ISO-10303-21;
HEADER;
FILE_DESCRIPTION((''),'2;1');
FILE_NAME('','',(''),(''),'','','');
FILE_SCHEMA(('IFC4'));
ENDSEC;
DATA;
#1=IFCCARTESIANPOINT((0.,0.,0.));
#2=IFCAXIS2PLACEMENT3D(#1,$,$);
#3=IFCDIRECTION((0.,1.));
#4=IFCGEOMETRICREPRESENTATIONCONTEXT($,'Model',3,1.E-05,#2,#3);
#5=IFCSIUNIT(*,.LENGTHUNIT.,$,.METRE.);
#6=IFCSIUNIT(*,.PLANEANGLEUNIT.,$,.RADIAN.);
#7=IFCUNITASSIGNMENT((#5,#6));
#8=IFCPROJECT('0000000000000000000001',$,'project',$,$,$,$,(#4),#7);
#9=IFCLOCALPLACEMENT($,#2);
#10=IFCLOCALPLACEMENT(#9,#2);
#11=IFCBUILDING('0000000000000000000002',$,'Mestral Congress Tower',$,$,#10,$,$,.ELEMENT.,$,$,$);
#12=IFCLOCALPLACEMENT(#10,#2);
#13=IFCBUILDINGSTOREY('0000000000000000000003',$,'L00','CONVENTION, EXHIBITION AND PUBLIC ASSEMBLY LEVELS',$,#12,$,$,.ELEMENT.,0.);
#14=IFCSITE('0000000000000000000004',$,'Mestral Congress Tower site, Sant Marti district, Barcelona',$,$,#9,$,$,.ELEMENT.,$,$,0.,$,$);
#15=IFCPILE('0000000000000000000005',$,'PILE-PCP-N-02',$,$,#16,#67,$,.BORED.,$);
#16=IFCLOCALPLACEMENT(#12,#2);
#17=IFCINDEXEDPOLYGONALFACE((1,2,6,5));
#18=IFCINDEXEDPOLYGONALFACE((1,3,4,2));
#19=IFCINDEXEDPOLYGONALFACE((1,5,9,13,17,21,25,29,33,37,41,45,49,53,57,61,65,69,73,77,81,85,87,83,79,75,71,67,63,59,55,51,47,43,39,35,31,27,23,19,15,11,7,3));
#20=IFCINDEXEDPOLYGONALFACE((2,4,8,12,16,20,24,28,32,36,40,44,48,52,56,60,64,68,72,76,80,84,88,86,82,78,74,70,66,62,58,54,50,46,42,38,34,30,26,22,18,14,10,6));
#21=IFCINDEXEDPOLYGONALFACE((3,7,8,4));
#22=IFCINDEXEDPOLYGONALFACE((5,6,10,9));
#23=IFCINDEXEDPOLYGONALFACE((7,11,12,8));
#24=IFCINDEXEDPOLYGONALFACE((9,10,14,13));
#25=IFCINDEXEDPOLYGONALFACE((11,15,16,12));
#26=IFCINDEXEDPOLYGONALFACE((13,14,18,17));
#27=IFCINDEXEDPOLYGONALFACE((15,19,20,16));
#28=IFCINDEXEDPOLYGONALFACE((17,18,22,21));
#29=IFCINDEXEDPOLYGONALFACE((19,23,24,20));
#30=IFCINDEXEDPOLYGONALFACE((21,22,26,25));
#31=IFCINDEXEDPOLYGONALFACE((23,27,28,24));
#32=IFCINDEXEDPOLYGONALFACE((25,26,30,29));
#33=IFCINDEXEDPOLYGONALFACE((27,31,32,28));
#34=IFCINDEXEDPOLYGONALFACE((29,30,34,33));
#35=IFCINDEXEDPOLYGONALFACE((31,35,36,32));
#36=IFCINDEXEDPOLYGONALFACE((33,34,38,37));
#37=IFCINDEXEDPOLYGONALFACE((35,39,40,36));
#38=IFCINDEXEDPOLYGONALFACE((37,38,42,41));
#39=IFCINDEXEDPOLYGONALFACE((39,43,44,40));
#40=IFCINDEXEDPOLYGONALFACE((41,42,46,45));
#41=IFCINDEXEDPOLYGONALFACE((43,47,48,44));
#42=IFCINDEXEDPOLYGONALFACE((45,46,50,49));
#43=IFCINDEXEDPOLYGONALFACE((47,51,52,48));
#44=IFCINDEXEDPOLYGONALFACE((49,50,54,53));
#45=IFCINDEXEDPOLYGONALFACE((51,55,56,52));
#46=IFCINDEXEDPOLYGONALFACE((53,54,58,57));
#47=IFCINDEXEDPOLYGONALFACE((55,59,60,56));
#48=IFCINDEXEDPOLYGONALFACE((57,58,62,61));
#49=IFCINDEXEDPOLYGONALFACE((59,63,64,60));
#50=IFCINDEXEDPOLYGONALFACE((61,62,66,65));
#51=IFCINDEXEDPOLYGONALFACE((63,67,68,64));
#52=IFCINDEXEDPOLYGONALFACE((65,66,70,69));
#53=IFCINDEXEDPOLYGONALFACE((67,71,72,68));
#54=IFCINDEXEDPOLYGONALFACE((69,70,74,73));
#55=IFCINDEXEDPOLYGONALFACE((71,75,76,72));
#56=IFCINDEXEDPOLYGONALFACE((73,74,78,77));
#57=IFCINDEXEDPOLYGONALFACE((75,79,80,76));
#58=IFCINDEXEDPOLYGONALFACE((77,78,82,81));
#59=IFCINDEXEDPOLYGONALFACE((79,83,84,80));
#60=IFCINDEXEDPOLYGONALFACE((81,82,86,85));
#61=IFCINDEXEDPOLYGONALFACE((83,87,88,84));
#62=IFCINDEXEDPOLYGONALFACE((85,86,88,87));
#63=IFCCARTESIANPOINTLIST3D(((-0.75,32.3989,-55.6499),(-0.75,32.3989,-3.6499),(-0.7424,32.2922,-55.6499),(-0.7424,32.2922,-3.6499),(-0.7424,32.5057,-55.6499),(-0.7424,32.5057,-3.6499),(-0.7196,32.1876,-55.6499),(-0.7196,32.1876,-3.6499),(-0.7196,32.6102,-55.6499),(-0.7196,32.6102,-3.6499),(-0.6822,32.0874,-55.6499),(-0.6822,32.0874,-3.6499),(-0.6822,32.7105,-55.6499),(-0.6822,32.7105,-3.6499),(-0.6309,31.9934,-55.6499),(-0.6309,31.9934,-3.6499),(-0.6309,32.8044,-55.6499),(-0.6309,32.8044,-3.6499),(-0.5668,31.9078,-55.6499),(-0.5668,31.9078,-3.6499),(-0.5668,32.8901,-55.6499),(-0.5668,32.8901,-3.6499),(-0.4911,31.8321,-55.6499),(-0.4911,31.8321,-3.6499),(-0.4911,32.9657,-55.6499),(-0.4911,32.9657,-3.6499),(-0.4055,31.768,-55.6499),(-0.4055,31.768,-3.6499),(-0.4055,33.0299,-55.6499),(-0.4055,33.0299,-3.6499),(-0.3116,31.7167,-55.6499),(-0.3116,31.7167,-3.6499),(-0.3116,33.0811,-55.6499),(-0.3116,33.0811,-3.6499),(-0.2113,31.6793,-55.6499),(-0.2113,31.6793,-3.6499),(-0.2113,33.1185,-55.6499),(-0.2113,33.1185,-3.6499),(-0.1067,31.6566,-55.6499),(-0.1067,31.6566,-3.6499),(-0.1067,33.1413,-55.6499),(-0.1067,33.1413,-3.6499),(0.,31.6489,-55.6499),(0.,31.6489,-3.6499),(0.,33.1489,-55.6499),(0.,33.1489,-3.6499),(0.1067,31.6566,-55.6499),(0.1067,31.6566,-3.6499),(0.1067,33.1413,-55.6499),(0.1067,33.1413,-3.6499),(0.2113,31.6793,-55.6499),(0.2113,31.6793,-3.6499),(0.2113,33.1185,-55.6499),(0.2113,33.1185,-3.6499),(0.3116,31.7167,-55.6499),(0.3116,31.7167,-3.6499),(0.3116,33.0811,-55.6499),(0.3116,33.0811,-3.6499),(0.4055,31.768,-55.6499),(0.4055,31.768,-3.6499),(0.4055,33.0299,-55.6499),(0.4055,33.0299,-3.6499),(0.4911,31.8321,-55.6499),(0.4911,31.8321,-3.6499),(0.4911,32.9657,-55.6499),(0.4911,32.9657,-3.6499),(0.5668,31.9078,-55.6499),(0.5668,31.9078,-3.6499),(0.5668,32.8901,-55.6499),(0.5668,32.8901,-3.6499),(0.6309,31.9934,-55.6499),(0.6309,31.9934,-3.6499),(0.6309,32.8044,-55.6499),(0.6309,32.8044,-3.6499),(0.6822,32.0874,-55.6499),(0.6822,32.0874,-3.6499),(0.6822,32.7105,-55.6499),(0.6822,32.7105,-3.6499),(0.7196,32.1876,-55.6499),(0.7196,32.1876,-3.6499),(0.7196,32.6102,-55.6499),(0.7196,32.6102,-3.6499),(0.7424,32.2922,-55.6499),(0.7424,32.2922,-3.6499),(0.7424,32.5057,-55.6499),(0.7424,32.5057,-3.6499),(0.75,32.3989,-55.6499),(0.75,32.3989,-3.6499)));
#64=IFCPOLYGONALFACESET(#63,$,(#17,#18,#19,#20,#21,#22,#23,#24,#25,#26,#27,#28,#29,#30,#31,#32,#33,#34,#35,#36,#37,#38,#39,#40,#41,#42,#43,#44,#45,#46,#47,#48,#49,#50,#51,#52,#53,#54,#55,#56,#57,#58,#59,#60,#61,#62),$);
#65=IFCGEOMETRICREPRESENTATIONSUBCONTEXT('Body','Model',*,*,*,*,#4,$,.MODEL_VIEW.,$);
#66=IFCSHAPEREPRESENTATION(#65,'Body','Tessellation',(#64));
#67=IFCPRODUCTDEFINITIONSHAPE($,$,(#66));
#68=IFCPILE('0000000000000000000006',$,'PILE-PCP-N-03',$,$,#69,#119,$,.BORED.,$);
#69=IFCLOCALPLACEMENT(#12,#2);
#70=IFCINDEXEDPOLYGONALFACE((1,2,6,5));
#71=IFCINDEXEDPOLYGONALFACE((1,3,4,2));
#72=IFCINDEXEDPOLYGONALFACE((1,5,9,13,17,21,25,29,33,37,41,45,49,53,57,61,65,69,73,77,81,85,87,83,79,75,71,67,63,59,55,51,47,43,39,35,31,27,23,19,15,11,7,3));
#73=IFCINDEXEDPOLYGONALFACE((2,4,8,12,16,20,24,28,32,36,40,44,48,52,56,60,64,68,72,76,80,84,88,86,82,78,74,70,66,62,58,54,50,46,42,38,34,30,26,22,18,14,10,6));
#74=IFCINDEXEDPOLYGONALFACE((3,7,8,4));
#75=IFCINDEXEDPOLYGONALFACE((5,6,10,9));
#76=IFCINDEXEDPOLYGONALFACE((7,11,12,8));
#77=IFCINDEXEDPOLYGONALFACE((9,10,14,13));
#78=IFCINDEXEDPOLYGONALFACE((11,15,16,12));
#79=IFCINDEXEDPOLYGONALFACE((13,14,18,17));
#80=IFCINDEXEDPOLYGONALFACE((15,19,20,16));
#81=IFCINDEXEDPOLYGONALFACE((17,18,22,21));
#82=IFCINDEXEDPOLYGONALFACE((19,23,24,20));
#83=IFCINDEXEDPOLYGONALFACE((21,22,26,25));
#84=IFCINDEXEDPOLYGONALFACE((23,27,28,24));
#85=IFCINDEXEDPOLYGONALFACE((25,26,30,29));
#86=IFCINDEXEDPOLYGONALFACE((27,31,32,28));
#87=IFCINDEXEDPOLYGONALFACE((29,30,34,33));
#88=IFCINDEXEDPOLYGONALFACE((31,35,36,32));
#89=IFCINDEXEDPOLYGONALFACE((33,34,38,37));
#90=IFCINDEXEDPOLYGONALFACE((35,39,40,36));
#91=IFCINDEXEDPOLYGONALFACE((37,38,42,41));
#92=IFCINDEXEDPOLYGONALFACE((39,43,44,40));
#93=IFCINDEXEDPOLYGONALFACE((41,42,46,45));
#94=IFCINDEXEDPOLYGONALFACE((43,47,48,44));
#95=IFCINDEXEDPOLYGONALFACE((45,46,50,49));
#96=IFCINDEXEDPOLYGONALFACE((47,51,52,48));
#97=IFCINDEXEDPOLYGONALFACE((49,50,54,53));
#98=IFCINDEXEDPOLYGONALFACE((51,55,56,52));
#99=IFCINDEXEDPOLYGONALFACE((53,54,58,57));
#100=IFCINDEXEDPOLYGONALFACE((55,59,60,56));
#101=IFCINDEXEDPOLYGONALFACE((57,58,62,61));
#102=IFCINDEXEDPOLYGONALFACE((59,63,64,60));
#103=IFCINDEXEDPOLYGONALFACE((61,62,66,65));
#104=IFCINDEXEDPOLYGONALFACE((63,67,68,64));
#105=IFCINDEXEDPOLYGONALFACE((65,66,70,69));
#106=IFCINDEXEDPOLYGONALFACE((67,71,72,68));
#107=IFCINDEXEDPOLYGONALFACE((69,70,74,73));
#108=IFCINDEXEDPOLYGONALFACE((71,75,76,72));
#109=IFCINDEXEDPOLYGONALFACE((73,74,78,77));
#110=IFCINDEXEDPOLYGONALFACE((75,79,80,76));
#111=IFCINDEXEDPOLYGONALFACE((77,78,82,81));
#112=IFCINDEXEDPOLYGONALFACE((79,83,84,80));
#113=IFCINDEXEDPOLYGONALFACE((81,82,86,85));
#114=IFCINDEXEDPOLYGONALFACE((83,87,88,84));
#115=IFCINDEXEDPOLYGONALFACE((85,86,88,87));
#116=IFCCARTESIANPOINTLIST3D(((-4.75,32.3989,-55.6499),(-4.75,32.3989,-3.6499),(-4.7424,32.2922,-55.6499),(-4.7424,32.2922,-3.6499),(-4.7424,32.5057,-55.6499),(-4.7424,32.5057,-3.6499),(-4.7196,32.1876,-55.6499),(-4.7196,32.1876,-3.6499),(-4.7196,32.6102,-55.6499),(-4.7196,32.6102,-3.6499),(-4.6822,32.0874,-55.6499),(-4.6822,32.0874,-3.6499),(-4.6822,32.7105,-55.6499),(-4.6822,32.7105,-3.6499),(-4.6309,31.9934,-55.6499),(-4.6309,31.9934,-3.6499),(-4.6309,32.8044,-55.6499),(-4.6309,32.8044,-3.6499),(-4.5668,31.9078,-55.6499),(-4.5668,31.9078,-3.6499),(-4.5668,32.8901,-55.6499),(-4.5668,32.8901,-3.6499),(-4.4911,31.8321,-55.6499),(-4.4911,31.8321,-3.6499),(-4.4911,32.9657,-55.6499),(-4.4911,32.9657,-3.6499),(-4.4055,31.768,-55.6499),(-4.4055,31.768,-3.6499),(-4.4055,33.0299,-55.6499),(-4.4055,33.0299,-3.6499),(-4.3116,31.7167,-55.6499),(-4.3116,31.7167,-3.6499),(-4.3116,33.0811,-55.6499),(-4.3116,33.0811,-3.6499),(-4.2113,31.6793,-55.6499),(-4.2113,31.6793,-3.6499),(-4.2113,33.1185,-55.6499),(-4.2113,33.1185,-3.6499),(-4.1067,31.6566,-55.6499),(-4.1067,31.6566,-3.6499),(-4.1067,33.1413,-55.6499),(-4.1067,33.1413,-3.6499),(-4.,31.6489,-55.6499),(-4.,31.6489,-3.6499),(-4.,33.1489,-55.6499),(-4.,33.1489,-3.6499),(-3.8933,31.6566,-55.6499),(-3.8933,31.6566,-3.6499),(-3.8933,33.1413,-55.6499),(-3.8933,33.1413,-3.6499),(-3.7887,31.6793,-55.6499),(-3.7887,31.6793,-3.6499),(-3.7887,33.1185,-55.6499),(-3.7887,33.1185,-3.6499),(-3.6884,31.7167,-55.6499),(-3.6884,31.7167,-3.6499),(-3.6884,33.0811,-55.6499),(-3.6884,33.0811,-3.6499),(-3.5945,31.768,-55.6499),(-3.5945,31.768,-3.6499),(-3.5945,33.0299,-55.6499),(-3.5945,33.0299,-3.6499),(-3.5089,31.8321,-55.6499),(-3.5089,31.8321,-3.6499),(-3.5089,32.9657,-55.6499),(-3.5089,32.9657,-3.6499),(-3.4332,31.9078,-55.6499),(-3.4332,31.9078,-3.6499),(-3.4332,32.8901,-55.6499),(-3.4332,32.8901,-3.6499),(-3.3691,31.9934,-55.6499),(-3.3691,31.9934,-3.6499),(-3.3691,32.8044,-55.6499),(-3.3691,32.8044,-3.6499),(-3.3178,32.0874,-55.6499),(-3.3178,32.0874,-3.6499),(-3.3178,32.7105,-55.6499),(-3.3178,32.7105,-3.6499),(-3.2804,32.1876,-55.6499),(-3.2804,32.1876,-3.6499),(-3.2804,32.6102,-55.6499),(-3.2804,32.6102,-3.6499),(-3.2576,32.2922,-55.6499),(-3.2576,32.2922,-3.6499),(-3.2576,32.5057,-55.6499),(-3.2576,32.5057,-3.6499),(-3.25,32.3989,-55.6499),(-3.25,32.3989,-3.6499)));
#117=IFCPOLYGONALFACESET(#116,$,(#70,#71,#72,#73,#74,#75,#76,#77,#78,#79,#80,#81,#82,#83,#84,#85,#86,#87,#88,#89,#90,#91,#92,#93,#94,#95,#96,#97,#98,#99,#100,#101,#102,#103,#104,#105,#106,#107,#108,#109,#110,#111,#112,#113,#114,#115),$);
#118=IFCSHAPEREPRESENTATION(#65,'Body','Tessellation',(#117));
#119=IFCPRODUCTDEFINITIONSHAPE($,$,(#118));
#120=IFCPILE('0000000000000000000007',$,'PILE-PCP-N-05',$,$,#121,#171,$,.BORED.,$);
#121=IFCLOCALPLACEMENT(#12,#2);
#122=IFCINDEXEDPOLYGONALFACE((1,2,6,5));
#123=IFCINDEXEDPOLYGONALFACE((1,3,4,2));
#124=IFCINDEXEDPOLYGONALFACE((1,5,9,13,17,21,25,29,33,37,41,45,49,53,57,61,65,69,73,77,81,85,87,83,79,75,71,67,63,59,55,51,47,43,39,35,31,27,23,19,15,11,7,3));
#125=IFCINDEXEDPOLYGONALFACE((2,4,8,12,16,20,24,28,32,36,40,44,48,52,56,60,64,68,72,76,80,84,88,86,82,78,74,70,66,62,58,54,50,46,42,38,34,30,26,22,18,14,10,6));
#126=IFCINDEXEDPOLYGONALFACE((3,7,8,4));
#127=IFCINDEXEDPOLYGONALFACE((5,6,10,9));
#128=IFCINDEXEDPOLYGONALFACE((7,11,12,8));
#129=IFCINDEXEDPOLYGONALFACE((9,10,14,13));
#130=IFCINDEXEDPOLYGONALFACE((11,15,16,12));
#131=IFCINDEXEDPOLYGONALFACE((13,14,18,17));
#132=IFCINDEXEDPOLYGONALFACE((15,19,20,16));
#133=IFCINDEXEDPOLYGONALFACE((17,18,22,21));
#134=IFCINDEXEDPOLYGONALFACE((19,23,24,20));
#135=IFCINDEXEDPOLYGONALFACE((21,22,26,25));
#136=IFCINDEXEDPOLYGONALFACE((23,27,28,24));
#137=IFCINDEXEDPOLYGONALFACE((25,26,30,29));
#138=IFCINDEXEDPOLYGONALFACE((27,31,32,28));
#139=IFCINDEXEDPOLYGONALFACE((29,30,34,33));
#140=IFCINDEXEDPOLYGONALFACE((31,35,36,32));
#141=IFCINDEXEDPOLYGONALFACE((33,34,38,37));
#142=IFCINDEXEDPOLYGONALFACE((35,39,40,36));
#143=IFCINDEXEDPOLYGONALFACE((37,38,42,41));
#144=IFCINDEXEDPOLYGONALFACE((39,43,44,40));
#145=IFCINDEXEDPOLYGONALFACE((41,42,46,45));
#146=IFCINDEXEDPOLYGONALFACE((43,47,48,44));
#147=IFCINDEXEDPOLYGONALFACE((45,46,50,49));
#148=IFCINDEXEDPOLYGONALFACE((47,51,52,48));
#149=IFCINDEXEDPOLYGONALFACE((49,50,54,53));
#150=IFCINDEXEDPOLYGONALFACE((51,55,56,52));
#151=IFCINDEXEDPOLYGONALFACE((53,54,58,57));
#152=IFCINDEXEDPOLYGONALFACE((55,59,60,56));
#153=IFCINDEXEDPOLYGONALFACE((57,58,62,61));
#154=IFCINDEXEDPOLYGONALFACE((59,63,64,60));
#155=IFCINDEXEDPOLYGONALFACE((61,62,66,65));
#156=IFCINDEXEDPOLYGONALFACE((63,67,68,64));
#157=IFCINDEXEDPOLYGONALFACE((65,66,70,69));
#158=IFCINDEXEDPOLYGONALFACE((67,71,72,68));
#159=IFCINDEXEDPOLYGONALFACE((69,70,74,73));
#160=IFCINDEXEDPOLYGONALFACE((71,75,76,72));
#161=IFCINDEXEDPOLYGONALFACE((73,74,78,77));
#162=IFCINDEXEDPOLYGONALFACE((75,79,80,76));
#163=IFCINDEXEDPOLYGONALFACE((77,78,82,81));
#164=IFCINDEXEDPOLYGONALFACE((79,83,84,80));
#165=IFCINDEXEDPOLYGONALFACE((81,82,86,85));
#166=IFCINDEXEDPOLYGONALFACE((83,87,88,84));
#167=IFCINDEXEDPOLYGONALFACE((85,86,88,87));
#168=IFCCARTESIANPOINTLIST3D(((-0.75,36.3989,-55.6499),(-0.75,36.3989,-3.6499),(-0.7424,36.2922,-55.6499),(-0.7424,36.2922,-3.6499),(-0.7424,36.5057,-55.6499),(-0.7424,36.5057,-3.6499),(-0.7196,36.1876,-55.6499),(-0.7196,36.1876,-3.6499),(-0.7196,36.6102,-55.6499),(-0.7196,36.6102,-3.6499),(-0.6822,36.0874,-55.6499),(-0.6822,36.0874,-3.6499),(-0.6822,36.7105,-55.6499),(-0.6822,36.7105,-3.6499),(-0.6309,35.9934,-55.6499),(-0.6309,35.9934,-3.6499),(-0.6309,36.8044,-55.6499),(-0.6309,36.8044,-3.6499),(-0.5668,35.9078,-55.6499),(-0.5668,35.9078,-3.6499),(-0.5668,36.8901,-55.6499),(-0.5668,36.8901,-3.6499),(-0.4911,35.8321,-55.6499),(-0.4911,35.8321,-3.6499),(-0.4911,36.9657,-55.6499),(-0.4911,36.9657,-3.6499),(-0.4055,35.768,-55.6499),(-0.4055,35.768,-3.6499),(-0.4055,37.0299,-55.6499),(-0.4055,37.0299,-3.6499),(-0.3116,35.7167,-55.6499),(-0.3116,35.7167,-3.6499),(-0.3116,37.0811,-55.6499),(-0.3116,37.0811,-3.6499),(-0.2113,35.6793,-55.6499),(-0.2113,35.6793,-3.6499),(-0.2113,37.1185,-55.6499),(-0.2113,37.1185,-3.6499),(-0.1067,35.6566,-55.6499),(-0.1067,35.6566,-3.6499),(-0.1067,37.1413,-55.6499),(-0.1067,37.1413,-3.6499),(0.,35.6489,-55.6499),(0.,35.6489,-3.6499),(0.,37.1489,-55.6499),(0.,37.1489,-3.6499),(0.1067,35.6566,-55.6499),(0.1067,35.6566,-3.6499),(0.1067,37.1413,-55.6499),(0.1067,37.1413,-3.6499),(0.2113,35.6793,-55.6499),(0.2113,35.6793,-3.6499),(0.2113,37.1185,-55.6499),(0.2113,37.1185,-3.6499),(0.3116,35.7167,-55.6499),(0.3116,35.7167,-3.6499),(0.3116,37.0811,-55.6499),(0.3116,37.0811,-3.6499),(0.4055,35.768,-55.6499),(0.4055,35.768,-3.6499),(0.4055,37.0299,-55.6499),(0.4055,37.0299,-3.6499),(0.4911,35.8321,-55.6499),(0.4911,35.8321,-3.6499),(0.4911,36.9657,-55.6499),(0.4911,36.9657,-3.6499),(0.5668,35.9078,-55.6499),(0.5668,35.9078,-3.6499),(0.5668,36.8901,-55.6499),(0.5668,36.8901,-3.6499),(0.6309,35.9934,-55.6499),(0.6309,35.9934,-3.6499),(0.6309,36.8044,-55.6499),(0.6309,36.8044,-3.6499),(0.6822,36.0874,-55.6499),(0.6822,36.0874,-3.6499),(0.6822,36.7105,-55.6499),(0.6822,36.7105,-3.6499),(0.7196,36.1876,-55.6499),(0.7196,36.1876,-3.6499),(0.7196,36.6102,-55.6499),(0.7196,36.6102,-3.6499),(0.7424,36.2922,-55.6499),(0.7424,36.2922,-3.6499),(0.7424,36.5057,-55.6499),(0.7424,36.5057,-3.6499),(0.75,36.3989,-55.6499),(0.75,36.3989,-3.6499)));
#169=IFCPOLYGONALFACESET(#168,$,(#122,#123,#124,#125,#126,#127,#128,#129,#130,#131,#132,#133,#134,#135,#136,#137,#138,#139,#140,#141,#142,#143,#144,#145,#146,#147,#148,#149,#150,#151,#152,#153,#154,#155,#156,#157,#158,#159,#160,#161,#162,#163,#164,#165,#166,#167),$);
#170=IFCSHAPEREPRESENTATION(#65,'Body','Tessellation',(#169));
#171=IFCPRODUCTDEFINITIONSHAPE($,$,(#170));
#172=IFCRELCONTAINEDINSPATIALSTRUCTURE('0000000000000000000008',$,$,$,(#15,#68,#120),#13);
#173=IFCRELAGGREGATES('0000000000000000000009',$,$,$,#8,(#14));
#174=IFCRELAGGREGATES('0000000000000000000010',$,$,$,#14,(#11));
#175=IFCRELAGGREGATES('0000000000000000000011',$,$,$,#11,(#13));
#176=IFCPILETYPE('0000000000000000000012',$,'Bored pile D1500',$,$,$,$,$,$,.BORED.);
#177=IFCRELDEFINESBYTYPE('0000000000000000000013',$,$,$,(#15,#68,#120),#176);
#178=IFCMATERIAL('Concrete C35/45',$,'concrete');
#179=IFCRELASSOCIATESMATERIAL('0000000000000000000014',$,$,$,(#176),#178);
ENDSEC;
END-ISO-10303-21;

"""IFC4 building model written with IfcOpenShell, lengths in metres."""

from ifc_helpers import new_model, si_unit, direction, frame, origin, origin_2d, place, context, subcontext, project, spatial, circle, extrude, material, material_profile, profile_set, type_object, element, save


model = new_model("IFC4")

# Units and contexts
model_context = context("Model", 3, precision=1e-05, world=origin(), true_north=direction((0.0, 1.0)))
body_context = subcontext(model_context, "Body", "Model", "MODEL_VIEW")
ifc_project = project(units=[si_unit("LENGTHUNIT", "METRE"), si_unit("PLANEANGLEUNIT", "RADIAN")], contexts=[model_context])

# Site, building, storey
site_placement = place(None, origin())
site = spatial("IfcSite", under=ifc_project, at=site_placement, Name="Mestral Congress Tower site, Sant Marti district, Barcelona", CompositionType="ELEMENT", RefElevation=0.0)
building_placement = place(site_placement, origin())
building = spatial("IfcBuilding", under=site, at=building_placement, Name="Mestral Congress Tower", CompositionType="ELEMENT")
storey_placement = place(building_placement, origin())
storey = spatial("IfcBuildingStorey", under=building, at=storey_placement, Name="L00", Description="CONVENTION, EXHIBITION AND PUBLIC ASSEMBLY LEVELS", CompositionType="ELEMENT", Elevation=0.0)

# Piles
ifc_material_1 = material(Name="Concrete C35/45", Category="concrete")
ifc_material_profile_1 = material_profile(ifc_material_1, circle(Radius=0.75, at=origin_2d()), Name="D1500")
ifc_profile_set_1 = profile_set([ifc_material_profile_1], Name="Concrete C35/45")
pile_type_1 = type_object("IfcPileType", Name="Bored pile D1500", PredefinedType="BORED", material=ifc_profile_set_1)
for number, where, z_axis, x_axis, name in (
    (1, (0.0, 32.3989, -3.6499), (0.0, 0.0, -1.0), (1.0, 0.0, 0.0), "PILE-PCP-N-02"),
    (2, (-4.0, 32.3989, -3.6499), (0.0, 0.0, -1.0), (1.0, 0.0, 0.0), "PILE-PCP-N-03"),
    (3, (0.0, 36.3989, -3.6499), (0.0, 0.0, -1.0), (1.0, 0.0, 0.0), "PILE-PCP-N-05"),
):
    element("IfcPile", number, at=place(storey_placement, frame(where, z_axis=z_axis, x_axis=x_axis)), inside=storey, type_object=pile_type_1, Name=name, PredefinedType="BORED", context=body_context, shape_type="SweptSolid", body=[
        extrude(circle(Radius=0.75, at=origin_2d()), origin(), (0.0, 0.0, 1.0), 52.0),
    ])

save(model, "model.ifc")
